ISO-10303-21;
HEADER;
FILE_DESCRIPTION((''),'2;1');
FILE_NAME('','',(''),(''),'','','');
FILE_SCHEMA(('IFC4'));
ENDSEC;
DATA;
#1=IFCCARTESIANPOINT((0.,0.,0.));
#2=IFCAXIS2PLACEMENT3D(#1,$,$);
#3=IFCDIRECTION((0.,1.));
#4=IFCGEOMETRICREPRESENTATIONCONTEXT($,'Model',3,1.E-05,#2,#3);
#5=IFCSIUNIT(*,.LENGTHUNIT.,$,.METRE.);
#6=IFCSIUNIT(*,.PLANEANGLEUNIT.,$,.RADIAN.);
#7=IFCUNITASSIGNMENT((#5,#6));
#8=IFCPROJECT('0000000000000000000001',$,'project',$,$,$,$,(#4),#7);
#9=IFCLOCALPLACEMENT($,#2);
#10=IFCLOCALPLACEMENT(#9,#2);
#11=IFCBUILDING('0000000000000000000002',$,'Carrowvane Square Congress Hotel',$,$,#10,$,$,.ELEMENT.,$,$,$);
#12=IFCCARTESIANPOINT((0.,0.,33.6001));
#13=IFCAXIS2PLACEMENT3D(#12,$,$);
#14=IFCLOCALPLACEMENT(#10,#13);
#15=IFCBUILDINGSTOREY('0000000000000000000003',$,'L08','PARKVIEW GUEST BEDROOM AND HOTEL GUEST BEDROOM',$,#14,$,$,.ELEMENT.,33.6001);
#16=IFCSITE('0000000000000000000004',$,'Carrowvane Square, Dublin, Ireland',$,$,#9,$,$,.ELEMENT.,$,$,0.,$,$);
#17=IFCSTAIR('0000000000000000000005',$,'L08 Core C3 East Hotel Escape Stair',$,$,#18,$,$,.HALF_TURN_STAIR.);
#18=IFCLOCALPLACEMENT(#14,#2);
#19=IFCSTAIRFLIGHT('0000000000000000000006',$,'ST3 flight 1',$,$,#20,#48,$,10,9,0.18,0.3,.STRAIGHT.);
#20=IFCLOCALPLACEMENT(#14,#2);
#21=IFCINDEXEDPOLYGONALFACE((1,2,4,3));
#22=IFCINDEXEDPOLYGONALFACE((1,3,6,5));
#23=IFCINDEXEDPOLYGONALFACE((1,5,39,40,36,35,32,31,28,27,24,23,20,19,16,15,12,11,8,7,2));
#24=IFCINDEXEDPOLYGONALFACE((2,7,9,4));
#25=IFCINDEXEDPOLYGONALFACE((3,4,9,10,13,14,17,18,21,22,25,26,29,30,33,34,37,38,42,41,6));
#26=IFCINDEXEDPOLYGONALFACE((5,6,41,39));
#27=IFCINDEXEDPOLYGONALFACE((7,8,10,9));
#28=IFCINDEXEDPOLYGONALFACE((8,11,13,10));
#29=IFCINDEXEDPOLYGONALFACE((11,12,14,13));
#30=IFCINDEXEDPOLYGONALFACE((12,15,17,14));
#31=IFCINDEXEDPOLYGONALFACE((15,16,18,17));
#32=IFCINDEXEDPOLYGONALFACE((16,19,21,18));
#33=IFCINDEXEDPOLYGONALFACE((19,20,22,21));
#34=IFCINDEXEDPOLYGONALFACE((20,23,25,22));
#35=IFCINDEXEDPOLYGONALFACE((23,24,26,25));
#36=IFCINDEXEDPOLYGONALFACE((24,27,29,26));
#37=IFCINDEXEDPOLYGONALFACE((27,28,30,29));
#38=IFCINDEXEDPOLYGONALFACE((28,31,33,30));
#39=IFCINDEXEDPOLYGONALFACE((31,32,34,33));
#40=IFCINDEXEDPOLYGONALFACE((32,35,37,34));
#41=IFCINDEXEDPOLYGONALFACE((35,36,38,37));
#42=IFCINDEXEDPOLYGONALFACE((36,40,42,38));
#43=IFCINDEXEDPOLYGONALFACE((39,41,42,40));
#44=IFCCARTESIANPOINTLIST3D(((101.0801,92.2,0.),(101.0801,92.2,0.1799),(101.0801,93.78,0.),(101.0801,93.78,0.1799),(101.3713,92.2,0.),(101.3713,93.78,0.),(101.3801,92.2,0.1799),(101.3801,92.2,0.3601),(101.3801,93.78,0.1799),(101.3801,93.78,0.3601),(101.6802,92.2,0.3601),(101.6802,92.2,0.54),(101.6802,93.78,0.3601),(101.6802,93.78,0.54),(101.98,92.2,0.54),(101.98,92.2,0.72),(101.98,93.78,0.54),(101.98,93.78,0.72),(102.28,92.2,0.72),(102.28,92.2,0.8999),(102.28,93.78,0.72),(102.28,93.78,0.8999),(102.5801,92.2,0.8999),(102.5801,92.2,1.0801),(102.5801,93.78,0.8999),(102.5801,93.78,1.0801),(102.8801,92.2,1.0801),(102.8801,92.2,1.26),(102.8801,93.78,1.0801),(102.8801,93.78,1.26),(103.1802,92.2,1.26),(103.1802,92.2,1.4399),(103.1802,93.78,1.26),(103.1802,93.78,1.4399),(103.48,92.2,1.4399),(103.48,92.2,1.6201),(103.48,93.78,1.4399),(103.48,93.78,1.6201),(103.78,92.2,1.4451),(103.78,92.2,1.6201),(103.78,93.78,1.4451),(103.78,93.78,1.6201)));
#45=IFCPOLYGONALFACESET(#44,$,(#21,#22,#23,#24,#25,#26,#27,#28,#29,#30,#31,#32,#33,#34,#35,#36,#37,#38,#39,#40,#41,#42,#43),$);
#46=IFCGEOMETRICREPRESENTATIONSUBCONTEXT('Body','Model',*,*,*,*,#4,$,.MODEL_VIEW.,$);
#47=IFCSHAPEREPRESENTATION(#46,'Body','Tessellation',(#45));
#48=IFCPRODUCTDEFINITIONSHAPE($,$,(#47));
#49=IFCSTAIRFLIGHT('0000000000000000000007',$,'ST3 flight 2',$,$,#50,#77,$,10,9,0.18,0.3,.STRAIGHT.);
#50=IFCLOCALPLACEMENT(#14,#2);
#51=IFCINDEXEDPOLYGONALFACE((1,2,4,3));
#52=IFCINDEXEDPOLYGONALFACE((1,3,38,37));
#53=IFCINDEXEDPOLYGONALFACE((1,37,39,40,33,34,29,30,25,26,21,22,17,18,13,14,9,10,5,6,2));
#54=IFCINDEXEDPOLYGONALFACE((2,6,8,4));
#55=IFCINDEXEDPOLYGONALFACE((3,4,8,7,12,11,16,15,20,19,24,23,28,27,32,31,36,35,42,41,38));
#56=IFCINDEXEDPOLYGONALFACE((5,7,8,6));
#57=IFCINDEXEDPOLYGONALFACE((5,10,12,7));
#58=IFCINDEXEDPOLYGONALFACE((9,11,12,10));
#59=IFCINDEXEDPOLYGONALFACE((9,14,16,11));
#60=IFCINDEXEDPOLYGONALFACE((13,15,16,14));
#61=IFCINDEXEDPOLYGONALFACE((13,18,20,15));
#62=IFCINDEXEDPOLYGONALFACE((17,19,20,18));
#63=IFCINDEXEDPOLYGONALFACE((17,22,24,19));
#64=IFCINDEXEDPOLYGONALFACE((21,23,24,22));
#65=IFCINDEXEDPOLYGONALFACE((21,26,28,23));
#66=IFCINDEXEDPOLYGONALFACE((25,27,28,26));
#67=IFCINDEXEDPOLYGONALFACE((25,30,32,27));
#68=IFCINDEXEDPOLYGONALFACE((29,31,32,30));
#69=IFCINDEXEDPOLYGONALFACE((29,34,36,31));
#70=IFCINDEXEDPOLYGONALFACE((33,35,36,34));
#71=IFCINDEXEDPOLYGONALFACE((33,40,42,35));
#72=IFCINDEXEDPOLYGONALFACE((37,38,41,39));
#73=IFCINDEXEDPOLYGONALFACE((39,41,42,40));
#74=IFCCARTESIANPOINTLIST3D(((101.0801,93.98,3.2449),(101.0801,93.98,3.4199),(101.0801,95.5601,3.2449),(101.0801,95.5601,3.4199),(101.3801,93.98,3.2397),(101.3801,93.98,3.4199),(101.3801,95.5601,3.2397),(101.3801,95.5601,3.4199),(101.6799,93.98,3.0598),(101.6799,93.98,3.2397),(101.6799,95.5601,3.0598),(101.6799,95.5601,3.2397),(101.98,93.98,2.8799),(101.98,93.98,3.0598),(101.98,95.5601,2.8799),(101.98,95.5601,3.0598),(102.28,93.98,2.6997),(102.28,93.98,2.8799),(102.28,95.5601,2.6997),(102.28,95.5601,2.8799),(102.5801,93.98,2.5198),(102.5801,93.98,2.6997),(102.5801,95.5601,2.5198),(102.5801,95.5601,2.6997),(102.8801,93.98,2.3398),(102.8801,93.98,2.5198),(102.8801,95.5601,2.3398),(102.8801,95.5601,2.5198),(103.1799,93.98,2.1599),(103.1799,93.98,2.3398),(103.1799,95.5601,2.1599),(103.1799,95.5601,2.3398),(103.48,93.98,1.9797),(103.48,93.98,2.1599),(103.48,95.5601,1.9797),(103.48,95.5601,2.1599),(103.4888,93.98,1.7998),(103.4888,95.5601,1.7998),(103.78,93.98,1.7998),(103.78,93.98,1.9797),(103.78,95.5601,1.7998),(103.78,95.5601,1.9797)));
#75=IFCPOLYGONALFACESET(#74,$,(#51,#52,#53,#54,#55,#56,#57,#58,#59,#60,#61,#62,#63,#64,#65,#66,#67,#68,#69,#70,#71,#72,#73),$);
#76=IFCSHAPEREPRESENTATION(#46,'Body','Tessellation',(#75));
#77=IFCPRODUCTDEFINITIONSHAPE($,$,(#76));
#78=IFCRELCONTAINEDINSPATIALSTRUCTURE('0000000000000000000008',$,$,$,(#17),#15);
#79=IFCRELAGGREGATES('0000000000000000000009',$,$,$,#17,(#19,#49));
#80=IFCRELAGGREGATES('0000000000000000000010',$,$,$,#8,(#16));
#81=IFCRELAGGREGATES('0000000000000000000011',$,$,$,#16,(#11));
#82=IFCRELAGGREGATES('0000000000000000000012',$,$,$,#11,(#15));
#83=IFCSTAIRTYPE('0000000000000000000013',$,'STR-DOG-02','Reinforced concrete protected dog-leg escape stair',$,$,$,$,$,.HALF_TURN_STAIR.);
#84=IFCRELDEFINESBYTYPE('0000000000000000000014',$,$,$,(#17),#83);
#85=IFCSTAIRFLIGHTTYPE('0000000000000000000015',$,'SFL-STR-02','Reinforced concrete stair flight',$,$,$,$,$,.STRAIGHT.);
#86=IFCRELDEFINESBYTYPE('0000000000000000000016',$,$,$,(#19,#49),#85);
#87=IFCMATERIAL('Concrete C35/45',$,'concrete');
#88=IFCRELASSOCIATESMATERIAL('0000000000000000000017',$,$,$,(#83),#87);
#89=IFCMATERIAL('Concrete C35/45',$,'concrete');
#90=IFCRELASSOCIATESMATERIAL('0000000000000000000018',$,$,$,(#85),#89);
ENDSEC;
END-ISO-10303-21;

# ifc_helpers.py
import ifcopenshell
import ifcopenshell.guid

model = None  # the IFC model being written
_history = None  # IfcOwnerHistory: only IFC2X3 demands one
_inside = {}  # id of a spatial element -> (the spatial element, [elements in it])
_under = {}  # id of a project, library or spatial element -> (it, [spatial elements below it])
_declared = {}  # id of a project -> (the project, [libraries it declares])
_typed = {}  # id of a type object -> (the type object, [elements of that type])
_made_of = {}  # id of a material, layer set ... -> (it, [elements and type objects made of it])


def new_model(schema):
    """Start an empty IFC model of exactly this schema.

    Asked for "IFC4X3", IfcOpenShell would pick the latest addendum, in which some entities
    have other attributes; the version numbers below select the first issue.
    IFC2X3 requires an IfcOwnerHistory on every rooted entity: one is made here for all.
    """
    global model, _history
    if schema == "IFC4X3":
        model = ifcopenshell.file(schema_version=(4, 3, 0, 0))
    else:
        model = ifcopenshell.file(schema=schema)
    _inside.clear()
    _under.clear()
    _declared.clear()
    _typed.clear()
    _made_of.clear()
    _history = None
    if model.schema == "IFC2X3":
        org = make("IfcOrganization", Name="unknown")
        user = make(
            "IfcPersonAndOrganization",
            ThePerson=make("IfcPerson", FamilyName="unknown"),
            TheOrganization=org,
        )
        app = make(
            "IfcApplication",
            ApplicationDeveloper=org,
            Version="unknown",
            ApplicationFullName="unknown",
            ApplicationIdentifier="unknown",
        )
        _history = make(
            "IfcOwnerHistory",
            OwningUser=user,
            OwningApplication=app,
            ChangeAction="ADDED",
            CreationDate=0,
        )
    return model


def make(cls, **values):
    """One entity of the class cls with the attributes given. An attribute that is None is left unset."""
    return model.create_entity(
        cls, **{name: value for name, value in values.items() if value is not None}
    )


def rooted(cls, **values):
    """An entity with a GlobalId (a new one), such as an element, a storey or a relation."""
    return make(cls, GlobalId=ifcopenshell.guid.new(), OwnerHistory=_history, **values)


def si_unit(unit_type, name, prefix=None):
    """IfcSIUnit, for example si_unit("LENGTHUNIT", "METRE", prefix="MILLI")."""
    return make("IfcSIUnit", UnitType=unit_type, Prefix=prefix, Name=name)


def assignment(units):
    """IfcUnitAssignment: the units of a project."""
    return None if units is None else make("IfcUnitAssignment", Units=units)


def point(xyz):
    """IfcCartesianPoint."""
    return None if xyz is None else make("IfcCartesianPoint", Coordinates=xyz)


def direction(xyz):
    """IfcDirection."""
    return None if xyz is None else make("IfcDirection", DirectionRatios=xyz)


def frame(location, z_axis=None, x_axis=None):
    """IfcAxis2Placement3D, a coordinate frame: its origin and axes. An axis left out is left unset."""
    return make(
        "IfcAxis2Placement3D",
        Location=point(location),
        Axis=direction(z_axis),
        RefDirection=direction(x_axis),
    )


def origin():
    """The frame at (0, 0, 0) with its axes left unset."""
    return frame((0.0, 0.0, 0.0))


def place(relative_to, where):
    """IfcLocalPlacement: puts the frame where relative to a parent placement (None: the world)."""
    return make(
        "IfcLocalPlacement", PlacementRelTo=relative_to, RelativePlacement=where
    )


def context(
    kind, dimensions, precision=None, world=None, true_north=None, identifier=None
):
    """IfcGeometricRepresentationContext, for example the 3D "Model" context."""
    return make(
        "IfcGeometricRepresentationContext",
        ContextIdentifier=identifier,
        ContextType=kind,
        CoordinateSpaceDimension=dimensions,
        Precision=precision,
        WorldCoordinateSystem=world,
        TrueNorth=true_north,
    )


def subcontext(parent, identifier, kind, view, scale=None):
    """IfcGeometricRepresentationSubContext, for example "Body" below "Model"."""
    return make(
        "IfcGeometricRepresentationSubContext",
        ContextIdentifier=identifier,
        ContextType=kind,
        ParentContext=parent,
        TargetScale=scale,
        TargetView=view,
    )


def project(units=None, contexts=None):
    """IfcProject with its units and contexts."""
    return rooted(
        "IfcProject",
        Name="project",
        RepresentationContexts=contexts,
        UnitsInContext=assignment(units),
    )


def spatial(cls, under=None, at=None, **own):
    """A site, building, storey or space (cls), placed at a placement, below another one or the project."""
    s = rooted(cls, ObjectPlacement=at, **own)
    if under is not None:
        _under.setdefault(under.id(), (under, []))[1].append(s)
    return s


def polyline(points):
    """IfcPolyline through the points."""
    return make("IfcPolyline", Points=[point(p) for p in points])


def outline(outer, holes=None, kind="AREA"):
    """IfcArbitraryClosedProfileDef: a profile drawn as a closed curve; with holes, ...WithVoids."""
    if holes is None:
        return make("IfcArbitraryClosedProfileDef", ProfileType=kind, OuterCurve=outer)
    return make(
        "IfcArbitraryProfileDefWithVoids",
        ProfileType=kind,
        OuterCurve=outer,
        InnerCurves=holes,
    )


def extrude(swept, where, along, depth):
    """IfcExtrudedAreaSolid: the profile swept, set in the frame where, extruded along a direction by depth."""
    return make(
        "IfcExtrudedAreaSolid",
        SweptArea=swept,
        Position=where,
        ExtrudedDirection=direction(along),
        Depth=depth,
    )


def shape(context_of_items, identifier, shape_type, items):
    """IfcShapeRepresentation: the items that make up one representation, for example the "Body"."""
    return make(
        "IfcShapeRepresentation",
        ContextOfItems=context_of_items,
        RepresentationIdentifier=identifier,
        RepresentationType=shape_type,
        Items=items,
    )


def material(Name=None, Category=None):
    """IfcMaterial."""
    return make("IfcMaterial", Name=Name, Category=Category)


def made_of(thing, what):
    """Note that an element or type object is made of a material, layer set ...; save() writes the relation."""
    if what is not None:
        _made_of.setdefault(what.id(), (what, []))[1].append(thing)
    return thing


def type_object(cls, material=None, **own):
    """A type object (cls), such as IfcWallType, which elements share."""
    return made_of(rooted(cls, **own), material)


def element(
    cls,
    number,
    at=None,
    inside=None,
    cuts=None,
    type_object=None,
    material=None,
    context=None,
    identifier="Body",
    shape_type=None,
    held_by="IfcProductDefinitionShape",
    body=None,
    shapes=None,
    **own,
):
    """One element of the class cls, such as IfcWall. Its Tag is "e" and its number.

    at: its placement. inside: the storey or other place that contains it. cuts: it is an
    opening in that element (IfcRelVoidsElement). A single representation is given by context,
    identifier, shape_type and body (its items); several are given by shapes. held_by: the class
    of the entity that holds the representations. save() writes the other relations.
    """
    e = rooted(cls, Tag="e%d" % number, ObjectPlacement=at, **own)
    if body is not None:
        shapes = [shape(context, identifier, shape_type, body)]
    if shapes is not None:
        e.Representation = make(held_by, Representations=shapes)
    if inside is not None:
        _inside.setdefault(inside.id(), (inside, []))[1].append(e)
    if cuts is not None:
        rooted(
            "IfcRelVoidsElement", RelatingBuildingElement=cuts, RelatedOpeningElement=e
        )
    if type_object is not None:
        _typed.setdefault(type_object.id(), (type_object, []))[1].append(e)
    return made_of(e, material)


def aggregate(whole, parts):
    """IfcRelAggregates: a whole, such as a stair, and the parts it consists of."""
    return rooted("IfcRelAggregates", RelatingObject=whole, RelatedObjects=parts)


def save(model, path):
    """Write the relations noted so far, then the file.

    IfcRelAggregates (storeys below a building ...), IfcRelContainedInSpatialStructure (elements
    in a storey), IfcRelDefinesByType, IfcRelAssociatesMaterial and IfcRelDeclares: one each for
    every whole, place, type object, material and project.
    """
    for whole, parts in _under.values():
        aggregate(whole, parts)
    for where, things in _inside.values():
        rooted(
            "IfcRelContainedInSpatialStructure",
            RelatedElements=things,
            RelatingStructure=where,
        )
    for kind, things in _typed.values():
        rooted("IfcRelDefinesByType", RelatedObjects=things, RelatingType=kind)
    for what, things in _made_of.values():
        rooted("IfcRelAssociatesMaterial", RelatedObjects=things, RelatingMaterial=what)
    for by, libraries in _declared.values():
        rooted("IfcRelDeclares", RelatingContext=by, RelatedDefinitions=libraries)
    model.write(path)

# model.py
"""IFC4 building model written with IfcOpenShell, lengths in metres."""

from ifc_helpers import new_model, si_unit, direction, frame, origin, place, context, subcontext, project, spatial, polyline, outline, extrude, material, type_object, element, aggregate, save


model = new_model("IFC4")

# Units and contexts
model_context = context("Model", 3, precision=1e-05, world=origin(), true_north=direction((0.0, 1.0)))
body_context = subcontext(model_context, "Body", "Model", "MODEL_VIEW")
ifc_project = project(units=[si_unit("LENGTHUNIT", "METRE"), si_unit("PLANEANGLEUNIT", "RADIAN")], contexts=[model_context])

# Site, building, storey
site_placement = place(None, origin())
site = spatial("IfcSite", under=ifc_project, at=site_placement, Name="Carrowvane Square, Dublin, Ireland", CompositionType="ELEMENT", RefElevation=0.0)
building_placement = place(site_placement, origin())
building = spatial("IfcBuilding", under=site, at=building_placement, Name="Carrowvane Square Congress Hotel", CompositionType="ELEMENT")
storey_placement = place(building_placement, frame((0.0, 0.0, 33.6001)))
storey = spatial("IfcBuildingStorey", under=building, at=storey_placement, Name="L08", Description="PARKVIEW GUEST BEDROOM AND HOTEL GUEST BEDROOM", CompositionType="ELEMENT", Elevation=33.6001)

# Stair, stair flights
ifc_material_1 = material(Name="Concrete C35/45", Category="concrete")
stair_type = type_object("IfcStairType", Name="STR-DOG-02", Description="Reinforced concrete protected dog-leg escape stair", PredefinedType="HALF_TURN_STAIR", material=ifc_material_1)
stair_placement = place(storey_placement, origin())
stair = element("IfcStair", 1, at=stair_placement, inside=storey, type_object=stair_type, Name="L08 Core C3 East Hotel Escape Stair", PredefinedType="HALF_TURN_STAIR")
ifc_material_2 = material(Name="Concrete C35/45", Category="concrete")
stair_flight_type = type_object("IfcStairFlightType", Name="SFL-STR-02", Description="Reinforced concrete stair flight", PredefinedType="STRAIGHT", material=ifc_material_2)
stair_flight_1_placement = place(storey_placement, frame((101.0801, 92.99, 0.0), z_axis=(0.0, 0.0, 1.0), x_axis=(1.0, 0.0, 0.0)))
stair_flight_1 = element("IfcStairFlight", 2, at=stair_flight_1_placement, type_object=stair_flight_type, Name="ST3 flight 1", NumberOfRisers=10, NumberOfTreads=9, PredefinedType="STRAIGHT", RiserHeight=0.18, TreadLength=0.3, context=body_context, shape_type="SweptSolid", body=[
    extrude(outline(polyline([(0.0, 0.0), (0.0, 0.1799), (0.3, 0.1799), (0.3, 0.3601), (0.6001, 0.3601), (0.6001, 0.54), (0.8999, 0.54), (0.8999, 0.72), (1.2, 0.72), (1.2, 0.8999), (1.5, 0.8999), (1.5, 1.0801), (1.8, 1.0801), (1.8, 1.26), (2.1001, 1.26), (2.1001, 1.4399), (2.3999, 1.4399), (2.3999, 1.6201), (2.7, 1.6201), (2.7, 1.8), (2.7, 1.4451), (0.2913, 0.0), (0.0, 0.0)])), frame((0.0, 0.79, 0.0), z_axis=(0.0, -1.0, 0.0), x_axis=(1.0, 0.0, 0.0)), (0.0, 0.0, 1.0), 1.5801),
])
stair_flight_2_placement = place(storey_placement, frame((103.78, 94.77, 1.7998), z_axis=(0.0, 0.0, 1.0), x_axis=(-1.0, 0.0, 0.0)))
stair_flight_2 = element("IfcStairFlight", 3, at=stair_flight_2_placement, type_object=stair_flight_type, Name="ST3 flight 2", NumberOfRisers=10, NumberOfTreads=9, PredefinedType="STRAIGHT", RiserHeight=0.18, TreadLength=0.3, context=body_context, shape_type="SweptSolid", body=[
    extrude(outline(polyline([(0.0, 0.0), (0.0, 0.1799), (0.3, 0.1799), (0.3, 0.3601), (0.6001, 0.3601), (0.6001, 0.54), (0.8999, 0.54), (0.8999, 0.72), (1.2, 0.72), (1.2, 0.8999), (1.5, 0.8999), (1.5, 1.0801), (1.8, 1.0801), (1.8, 1.26), (2.1001, 1.26), (2.1001, 1.4399), (2.3999, 1.4399), (2.3999, 1.6201), (2.7, 1.6201), (2.7, 1.8), (2.7, 1.4451), (0.2913, 0.0), (0.0, 0.0)])), frame((0.0, 0.79, 0.0), z_axis=(0.0, -1.0, 0.0), x_axis=(1.0, 0.0, 0.0)), (0.0, 0.0, 1.0), 1.5801),
])
aggregate(stair, [stair_flight_1, stair_flight_2])

save(model, "model.ifc")
